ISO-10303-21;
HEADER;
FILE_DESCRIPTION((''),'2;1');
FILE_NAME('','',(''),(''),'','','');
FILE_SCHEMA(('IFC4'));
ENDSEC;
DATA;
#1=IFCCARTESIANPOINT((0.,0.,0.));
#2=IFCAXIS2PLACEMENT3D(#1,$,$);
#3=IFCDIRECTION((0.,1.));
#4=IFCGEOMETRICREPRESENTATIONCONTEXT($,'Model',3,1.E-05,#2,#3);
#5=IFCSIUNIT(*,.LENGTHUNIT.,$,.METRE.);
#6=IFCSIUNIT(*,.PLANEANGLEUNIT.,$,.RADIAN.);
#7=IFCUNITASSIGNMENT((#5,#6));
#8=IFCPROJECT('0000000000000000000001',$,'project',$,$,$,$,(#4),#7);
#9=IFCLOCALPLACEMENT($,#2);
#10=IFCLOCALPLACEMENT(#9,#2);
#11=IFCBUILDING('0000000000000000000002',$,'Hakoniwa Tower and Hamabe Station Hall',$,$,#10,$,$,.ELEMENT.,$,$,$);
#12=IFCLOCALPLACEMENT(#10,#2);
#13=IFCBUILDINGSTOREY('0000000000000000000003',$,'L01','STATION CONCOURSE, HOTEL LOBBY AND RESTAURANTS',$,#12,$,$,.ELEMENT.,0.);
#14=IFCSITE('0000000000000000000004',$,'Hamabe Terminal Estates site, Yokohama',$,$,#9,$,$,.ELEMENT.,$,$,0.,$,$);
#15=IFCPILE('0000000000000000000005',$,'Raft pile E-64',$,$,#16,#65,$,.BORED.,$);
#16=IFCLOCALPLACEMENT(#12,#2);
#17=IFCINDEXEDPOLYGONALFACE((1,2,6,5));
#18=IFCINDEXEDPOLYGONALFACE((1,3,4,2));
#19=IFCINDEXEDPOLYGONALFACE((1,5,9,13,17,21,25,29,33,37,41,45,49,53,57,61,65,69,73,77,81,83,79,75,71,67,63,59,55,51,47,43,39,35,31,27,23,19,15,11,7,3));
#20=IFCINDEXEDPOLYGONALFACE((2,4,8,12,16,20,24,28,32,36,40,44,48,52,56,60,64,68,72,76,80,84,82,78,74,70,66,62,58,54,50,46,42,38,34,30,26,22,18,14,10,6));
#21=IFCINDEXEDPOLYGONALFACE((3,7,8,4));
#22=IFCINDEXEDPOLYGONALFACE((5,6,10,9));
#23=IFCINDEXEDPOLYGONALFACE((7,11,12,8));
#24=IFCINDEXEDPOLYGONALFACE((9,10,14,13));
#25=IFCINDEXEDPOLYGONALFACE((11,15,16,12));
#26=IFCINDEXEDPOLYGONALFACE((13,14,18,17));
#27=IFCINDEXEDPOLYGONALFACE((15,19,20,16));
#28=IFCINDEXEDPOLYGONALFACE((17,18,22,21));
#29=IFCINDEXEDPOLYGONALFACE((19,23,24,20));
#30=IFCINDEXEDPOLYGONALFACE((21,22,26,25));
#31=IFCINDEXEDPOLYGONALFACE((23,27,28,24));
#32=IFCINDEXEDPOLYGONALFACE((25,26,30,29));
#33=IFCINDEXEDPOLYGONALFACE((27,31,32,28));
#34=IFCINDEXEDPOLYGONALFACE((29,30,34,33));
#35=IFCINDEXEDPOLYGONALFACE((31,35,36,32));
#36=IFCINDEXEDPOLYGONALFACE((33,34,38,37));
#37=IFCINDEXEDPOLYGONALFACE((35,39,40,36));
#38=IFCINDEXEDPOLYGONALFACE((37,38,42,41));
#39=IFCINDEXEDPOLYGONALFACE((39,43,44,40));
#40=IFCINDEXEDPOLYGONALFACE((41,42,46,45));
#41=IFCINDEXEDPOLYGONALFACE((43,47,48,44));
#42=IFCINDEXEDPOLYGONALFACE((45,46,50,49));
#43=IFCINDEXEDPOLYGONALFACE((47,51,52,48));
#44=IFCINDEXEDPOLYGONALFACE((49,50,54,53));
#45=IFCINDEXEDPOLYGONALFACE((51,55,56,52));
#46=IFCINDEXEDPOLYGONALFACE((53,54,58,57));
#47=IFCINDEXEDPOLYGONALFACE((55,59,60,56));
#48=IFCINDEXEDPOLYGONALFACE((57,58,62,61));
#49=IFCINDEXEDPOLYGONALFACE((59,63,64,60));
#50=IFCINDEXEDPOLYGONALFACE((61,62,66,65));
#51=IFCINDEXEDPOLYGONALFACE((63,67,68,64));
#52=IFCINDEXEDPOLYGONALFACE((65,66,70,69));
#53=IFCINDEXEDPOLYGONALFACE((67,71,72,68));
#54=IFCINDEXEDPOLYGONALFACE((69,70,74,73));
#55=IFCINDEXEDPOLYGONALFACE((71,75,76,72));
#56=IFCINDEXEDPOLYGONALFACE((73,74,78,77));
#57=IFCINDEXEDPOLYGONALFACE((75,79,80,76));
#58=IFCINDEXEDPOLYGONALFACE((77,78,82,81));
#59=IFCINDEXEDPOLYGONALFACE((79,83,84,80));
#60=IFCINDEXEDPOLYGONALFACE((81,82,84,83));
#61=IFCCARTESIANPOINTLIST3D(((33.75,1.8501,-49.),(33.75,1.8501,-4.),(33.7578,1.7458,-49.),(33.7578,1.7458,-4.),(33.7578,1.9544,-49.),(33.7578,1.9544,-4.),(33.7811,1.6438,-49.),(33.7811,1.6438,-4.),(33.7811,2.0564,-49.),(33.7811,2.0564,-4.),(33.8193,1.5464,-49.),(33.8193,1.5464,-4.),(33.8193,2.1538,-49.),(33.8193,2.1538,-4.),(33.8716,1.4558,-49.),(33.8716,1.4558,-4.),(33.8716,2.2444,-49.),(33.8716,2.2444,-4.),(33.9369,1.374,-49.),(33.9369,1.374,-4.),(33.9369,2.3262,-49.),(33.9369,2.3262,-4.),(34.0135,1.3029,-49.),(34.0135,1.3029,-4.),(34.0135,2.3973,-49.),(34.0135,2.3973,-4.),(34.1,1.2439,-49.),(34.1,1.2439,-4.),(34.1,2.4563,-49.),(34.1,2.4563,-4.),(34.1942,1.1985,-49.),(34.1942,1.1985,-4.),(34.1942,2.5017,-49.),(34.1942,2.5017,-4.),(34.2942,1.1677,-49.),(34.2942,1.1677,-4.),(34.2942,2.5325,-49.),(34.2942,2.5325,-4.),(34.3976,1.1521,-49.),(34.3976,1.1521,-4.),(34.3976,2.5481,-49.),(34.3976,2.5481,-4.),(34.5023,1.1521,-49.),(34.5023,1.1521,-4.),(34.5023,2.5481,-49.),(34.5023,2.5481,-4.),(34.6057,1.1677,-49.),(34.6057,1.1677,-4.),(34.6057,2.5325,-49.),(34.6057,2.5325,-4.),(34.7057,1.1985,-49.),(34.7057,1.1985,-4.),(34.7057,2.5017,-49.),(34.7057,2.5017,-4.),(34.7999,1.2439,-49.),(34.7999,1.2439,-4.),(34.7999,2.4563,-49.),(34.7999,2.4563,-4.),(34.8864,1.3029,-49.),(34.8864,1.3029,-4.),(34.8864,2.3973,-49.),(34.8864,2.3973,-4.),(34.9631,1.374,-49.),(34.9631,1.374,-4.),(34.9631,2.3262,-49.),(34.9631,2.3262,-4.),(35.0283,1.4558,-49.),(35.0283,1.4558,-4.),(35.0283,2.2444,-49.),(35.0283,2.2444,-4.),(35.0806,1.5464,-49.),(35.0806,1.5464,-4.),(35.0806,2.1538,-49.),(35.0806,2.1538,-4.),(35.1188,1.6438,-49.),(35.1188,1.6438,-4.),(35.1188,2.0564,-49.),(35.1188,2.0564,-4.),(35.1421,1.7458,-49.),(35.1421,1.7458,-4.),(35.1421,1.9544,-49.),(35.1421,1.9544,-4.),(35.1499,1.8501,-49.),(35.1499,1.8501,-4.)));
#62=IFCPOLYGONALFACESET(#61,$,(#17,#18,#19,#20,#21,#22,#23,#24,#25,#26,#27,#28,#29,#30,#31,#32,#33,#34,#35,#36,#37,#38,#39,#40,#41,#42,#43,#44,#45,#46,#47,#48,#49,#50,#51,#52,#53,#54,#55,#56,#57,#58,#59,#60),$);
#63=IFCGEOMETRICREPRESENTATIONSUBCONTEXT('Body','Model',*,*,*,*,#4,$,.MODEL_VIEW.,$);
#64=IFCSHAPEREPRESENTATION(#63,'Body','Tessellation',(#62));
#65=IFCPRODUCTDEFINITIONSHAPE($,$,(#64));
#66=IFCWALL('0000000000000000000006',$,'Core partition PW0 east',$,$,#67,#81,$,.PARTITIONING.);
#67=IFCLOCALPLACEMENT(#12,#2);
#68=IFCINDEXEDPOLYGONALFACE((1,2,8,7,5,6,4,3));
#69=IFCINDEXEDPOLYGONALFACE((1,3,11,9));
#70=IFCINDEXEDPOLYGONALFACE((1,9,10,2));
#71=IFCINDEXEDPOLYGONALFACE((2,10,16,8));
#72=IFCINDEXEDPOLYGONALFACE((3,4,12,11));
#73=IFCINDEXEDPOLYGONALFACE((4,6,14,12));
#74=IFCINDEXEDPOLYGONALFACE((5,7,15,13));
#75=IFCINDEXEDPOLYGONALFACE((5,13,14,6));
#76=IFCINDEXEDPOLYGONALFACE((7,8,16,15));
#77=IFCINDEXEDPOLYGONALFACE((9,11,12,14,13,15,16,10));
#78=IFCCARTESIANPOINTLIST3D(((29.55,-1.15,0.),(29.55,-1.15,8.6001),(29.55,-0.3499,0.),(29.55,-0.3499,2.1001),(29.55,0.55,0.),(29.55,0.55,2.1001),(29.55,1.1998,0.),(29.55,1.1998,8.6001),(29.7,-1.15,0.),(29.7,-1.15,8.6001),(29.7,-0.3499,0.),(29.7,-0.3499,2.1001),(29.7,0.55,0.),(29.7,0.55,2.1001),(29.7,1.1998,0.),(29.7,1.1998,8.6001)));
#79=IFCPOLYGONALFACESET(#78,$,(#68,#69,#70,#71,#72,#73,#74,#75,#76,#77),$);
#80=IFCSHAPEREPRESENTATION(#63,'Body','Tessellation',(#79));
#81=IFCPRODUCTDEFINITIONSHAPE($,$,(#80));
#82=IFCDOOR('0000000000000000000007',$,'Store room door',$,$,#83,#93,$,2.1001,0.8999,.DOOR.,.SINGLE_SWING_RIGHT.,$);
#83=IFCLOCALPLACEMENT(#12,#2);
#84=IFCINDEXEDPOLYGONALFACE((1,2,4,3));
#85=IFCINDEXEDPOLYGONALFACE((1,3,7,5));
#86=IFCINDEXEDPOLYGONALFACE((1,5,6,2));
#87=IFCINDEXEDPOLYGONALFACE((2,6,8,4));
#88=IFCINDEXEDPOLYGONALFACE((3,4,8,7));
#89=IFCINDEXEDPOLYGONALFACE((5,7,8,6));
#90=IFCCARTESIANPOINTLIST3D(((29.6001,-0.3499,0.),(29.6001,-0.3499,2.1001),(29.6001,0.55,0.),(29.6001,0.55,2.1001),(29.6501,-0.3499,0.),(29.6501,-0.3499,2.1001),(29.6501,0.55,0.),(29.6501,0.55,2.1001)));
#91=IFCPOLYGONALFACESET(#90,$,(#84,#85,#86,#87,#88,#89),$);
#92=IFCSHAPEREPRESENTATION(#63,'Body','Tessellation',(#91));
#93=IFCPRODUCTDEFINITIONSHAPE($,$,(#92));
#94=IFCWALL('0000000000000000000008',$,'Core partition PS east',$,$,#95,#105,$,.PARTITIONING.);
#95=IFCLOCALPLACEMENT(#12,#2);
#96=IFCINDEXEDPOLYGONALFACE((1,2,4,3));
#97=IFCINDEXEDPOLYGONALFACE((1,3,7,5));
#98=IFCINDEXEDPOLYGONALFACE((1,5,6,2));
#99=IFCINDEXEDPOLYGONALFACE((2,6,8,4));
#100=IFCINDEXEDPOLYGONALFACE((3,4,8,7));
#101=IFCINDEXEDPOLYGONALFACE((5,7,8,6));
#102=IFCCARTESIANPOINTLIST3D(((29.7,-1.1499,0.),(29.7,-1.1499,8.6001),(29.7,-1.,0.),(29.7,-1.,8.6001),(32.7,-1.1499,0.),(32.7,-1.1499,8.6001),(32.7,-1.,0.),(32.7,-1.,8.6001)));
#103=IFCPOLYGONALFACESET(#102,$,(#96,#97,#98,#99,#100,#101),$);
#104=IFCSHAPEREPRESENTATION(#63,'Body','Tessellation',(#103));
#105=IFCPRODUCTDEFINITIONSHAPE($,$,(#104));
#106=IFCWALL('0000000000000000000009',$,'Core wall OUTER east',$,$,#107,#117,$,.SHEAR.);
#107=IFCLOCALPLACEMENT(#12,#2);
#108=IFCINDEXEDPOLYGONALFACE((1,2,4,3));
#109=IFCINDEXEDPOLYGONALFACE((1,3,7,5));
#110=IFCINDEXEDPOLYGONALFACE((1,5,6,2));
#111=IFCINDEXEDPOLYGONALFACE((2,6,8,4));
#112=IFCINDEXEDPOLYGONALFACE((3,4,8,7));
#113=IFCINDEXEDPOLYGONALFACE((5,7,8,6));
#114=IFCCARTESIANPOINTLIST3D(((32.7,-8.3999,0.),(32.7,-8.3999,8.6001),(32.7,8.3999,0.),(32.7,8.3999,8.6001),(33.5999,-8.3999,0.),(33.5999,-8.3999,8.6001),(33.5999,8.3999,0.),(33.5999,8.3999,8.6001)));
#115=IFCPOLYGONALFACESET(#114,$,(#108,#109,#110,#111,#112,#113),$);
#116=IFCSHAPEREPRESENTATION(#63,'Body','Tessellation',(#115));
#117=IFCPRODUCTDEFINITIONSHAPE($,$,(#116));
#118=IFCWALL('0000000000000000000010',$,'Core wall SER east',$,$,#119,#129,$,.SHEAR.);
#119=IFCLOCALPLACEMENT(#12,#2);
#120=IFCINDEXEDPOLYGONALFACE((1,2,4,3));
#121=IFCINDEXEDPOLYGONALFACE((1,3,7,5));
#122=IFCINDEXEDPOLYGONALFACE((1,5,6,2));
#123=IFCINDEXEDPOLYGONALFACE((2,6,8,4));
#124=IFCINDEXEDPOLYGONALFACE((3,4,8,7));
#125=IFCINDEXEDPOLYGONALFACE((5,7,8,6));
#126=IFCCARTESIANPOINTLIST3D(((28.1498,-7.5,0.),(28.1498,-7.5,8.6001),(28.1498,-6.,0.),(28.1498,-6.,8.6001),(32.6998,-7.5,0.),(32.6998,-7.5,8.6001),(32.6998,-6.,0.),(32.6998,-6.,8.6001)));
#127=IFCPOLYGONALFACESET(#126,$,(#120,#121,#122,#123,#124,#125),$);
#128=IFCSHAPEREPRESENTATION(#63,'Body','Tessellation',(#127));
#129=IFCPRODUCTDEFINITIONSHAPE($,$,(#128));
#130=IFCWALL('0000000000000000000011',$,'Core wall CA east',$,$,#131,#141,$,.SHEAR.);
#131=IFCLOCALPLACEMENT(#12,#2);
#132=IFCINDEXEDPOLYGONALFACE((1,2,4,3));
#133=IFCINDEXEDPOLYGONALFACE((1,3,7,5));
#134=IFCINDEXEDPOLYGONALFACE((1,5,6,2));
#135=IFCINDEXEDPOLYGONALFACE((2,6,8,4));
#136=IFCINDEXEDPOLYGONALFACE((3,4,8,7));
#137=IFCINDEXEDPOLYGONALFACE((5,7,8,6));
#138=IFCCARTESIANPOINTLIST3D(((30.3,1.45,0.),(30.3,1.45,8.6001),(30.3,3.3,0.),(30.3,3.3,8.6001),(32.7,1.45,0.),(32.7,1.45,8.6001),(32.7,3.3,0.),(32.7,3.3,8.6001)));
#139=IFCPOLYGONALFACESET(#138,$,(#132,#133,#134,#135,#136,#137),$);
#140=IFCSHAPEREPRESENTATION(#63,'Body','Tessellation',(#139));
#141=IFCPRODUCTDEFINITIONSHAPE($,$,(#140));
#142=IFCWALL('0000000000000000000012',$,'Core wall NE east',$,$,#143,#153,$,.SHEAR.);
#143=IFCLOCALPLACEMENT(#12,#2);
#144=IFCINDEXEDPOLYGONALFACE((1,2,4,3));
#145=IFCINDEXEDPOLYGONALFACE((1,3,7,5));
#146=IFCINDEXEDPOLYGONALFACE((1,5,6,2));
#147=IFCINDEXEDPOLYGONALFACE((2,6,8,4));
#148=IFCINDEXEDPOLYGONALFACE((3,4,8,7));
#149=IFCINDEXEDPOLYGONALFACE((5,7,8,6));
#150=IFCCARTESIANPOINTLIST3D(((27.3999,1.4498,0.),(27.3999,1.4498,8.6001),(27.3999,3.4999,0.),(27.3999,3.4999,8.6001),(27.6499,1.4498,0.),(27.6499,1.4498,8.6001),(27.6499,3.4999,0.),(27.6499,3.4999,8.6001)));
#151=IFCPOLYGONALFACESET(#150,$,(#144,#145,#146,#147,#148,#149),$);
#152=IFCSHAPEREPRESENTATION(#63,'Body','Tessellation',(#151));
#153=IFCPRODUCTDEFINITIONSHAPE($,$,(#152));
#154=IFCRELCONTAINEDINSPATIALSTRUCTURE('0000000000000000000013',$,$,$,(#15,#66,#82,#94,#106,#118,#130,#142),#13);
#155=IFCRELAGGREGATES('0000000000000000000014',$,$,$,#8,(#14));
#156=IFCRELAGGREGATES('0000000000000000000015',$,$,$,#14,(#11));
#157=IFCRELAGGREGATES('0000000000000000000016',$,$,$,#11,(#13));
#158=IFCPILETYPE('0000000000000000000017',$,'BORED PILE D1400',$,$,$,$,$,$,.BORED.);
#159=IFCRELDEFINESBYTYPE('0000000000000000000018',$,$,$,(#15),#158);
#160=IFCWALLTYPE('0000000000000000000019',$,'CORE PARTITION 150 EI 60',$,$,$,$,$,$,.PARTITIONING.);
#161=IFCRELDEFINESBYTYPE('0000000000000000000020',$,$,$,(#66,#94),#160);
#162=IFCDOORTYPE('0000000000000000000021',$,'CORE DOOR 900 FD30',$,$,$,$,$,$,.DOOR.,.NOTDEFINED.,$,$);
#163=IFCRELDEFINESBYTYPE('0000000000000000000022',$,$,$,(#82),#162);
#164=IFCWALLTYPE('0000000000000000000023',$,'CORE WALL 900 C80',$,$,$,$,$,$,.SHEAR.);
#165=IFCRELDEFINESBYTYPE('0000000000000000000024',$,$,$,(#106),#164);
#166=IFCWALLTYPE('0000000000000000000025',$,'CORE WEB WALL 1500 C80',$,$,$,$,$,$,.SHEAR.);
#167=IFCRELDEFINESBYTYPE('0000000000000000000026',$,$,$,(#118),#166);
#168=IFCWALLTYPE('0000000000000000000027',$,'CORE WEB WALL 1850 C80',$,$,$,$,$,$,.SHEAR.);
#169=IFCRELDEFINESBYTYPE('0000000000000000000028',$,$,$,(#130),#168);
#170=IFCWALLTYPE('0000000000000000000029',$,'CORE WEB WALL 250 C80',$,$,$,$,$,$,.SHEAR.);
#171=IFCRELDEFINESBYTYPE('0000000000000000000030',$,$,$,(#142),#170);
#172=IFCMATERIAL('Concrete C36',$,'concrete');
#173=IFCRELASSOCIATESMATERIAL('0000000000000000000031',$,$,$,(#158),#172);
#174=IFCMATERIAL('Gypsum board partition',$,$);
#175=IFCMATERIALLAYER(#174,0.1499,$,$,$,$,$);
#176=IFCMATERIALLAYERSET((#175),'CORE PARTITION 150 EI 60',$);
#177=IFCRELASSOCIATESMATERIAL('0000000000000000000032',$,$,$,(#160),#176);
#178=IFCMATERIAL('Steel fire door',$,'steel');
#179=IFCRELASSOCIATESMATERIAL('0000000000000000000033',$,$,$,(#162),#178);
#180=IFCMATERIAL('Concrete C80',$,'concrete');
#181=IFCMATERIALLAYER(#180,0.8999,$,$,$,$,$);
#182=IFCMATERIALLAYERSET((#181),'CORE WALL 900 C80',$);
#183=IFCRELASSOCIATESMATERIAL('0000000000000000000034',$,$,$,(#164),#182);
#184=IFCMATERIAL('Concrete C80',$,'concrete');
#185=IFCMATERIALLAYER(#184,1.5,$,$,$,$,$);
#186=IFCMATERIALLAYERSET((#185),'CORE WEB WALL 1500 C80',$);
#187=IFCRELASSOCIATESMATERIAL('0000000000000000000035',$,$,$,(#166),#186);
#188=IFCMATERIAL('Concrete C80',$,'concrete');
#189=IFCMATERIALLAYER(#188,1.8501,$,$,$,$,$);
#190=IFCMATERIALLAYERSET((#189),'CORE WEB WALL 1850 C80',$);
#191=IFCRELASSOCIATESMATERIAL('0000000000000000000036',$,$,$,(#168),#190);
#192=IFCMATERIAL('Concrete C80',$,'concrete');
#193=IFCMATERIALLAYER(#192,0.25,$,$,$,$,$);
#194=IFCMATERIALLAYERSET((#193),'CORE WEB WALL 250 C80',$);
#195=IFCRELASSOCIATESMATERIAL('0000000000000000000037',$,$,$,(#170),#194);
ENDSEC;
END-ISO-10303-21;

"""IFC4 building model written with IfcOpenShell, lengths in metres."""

from ifc_helpers import new_model, si_unit, direction, frame, frame_2d, origin, origin_2d, place, context, subcontext, project, spatial, rectangle, circle, extrude, material, layer, layer_set, material_profile, profile_set, type_object, element, fill, save


model = new_model("IFC4")

# Units and contexts
model_context = context("Model", 3, precision=1e-05, world=origin(), true_north=direction((0.0, 1.0)))
body_context = subcontext(model_context, "Body", "Model", "MODEL_VIEW")
ifc_project = project(units=[si_unit("LENGTHUNIT", "METRE"), si_unit("PLANEANGLEUNIT", "RADIAN")], contexts=[model_context])

# Site, building, storey
site_placement = place(None, origin())
site = spatial("IfcSite", under=ifc_project, at=site_placement, Name="Hamabe Terminal Estates site, Yokohama", CompositionType="ELEMENT", RefElevation=0.0)
building_placement = place(site_placement, origin())
building = spatial("IfcBuilding", under=site, at=building_placement, Name="Hakoniwa Tower and Hamabe Station Hall", CompositionType="ELEMENT")
storey_placement = place(building_placement, origin())
storey = spatial("IfcBuildingStorey", under=building, at=storey_placement, Name="L01", Description="STATION CONCOURSE, HOTEL LOBBY AND RESTAURANTS", CompositionType="ELEMENT", Elevation=0.0)

# Pile
ifc_material_1 = material(Name="Concrete C36", Category="concrete")
ifc_material_profile = material_profile(ifc_material_1, circle(Radius=0.7, at=origin_2d()), Name="BORED PILE D1400")
ifc_profile_set = profile_set([ifc_material_profile], Name="Concrete C36")
pile_type = type_object("IfcPileType", Name="BORED PILE D1400", PredefinedType="BORED", material=ifc_profile_set)
for number, where, z_axis, x_axis, name in (
    (1, (34.45, 1.8501, -4.0), (0.0, 0.0, -1.0), (1.0, 0.0, 0.0), "Raft pile E-64"),
):
    element("IfcPile", number, at=place(storey_placement, frame(where, z_axis=z_axis, x_axis=x_axis)), inside=storey, type_object=pile_type, Name=name, PredefinedType="BORED", context=body_context, shape_type="SweptSolid", body=[
        extrude(circle(Radius=0.7, at=origin_2d()), origin(), (0.0, 0.0, 1.0), 45.0),
    ])

# Wall, opening, door
ifc_material_2 = material(Name="Gypsum board partition")
ifc_layer_1 = layer(ifc_material_2, 0.1499)
ifc_layer_set_1 = layer_set([ifc_layer_1], Name="CORE PARTITION 150 EI 60")
wall_type_1 = type_object("IfcWallType", Name="CORE PARTITION 150 EI 60", PredefinedType="PARTITIONING", material=ifc_layer_set_1)
wall_1_placement = place(storey_placement, frame((29.625, -1.1499, 0.0), z_axis=(0.0, 0.0, 1.0), x_axis=(0.0, 1.0, 0.0)))
wall_1 = element("IfcWall", 2, at=wall_1_placement, inside=storey, type_object=wall_type_1, Name="Core partition PW0 east", PredefinedType="PARTITIONING", context=body_context, shape_type="SweptSolid", body=[
    extrude(rectangle(XDim=2.3499, YDim=0.1499, at=frame_2d((1.1748, 0.0))), origin(), (0.0, 0.0, 1.0), 8.6001),
])
opening_1_placement = place(wall_1_placement, frame((0.8, 0.0, 0.0)))
opening_1 = element("IfcOpeningElement", 3, at=opening_1_placement, cuts=wall_1, PredefinedType="OPENING", context=body_context, shape_type="SweptSolid", body=[
    extrude(rectangle(XDim=0.8999, YDim=2.1001, at=frame_2d((0.45, 1.05))), frame((0.0, 0.085, 0.0), z_axis=(0.0, -1.0, 0.0), x_axis=(1.0, 0.0, 0.0)), (0.0, 0.0, 1.0), 0.1699),
])
ifc_material_3 = material(Name="Steel fire door", Category="steel")
door_type_1 = type_object("IfcDoorType", Name="CORE DOOR 900 FD30", OperationType="NOTDEFINED", PredefinedType="DOOR", material=ifc_material_3)
door_1_placement = place(opening_1_placement, origin())
door_1 = element("IfcDoor", 4, at=door_1_placement, inside=storey, type_object=door_type_1, Name="Store room door", OperationType="SINGLE_SWING_RIGHT", OverallHeight=2.1001, OverallWidth=0.8999, PredefinedType="DOOR", context=body_context, shape_type="SweptSolid", body=[
    extrude(rectangle(XDim=0.8999, YDim=2.1001, at=frame_2d((0.45, 1.05))), frame((0.0, 0.0249, 0.0), z_axis=(0.0, -1.0, 0.0), x_axis=(1.0, 0.0, 0.0)), (0.0, 0.0, 1.0), 0.05),
])
fill(opening_1, door_1)

# Walls
wall_2_placement = place(storey_placement, frame((29.7, -1.075, 0.0), z_axis=(0.0, 0.0, 1.0), x_axis=(1.0, 0.0, 0.0)))
element("IfcWall", 5, at=wall_2_placement, inside=storey, type_object=wall_type_1, Name="Core partition PS east", PredefinedType="PARTITIONING", context=body_context, shape_type="SweptSolid", body=[
    extrude(rectangle(XDim=3.0, YDim=0.1499, at=frame_2d((1.5, 0.0))), origin(), (0.0, 0.0, 1.0), 8.6001),
])
ifc_material_4 = material(Name="Concrete C80", Category="concrete")
ifc_layer_2 = layer(ifc_material_4, 0.8999)
ifc_layer_set_2 = layer_set([ifc_layer_2], Name="CORE WALL 900 C80")
wall_type_2 = type_object("IfcWallType", Name="CORE WALL 900 C80", PredefinedType="SHEAR", material=ifc_layer_set_2)
wall_3_placement = place(storey_placement, frame((33.1499, -8.3999, 0.0), z_axis=(0.0, 0.0, 1.0), x_axis=(0.0, 1.0, 0.0)))
element("IfcWall", 6, at=wall_3_placement, inside=storey, type_object=wall_type_2, Name="Core wall OUTER east", PredefinedType="SHEAR", context=body_context, shape_type="SweptSolid", body=[
    extrude(rectangle(XDim=16.7998, YDim=0.8999, at=frame_2d((8.3999, 0.0))), origin(), (0.0, 0.0, 1.0), 8.6001),
])
ifc_material_5 = material(Name="Concrete C80", Category="concrete")
ifc_layer_3 = layer(ifc_material_5, 1.5)
ifc_layer_set_3 = layer_set([ifc_layer_3], Name="CORE WEB WALL 1500 C80")
wall_type_3 = type_object("IfcWallType", Name="CORE WEB WALL 1500 C80", PredefinedType="SHEAR", material=ifc_layer_set_3)
wall_4_placement = place(storey_placement, frame((28.1499, -6.75, 0.0), z_axis=(0.0, 0.0, 1.0), x_axis=(1.0, 0.0, 0.0)))
element("IfcWall", 7, at=wall_4_placement, inside=storey, type_object=wall_type_3, Name="Core wall SER east", PredefinedType="SHEAR", context=body_context, shape_type="SweptSolid", body=[
    extrude(rectangle(XDim=4.55, YDim=1.5, at=frame_2d((2.2749, 0.0))), origin(), (0.0, 0.0, 1.0), 8.6001),
])
ifc_material_6 = material(Name="Concrete C80", Category="concrete")
ifc_layer_4 = layer(ifc_material_6, 1.8501)
ifc_layer_set_4 = layer_set([ifc_layer_4], Name="CORE WEB WALL 1850 C80")
wall_type_4 = type_object("IfcWallType", Name="CORE WEB WALL 1850 C80", PredefinedType="SHEAR", material=ifc_layer_set_4)
wall_5_placement = place(storey_placement, frame((30.3, 2.375, 0.0), z_axis=(0.0, 0.0, 1.0), x_axis=(1.0, 0.0, 0.0)))
element("IfcWall", 8, at=wall_5_placement, inside=storey, type_object=wall_type_4, Name="Core wall CA east", PredefinedType="SHEAR", context=body_context, shape_type="SweptSolid", body=[
    extrude(rectangle(XDim=2.3999, YDim=1.8501, at=frame_2d((1.2, 0.0))), origin(), (0.0, 0.0, 1.0), 8.6001),
])
ifc_material_7 = material(Name="Concrete C80", Category="concrete")
ifc_layer_5 = layer(ifc_material_7, 0.25)
ifc_layer_set_5 = layer_set([ifc_layer_5], Name="CORE WEB WALL 250 C80")
wall_type_5 = type_object("IfcWallType", Name="CORE WEB WALL 250 C80", PredefinedType="SHEAR", material=ifc_layer_set_5)
wall_6_placement = place(storey_placement, frame((27.5249, 1.45, 0.0), z_axis=(0.0, 0.0, 1.0), x_axis=(0.0, 1.0, 0.0)))
element("IfcWall", 9, at=wall_6_placement, inside=storey, type_object=wall_type_5, Name="Core wall NE east", PredefinedType="SHEAR", context=body_context, shape_type="SweptSolid", body=[
    extrude(rectangle(XDim=2.05, YDim=0.25, at=frame_2d((1.0249, 0.0))), origin(), (0.0, 0.0, 1.0), 8.6001),
])

save(model, "model.ifc")
